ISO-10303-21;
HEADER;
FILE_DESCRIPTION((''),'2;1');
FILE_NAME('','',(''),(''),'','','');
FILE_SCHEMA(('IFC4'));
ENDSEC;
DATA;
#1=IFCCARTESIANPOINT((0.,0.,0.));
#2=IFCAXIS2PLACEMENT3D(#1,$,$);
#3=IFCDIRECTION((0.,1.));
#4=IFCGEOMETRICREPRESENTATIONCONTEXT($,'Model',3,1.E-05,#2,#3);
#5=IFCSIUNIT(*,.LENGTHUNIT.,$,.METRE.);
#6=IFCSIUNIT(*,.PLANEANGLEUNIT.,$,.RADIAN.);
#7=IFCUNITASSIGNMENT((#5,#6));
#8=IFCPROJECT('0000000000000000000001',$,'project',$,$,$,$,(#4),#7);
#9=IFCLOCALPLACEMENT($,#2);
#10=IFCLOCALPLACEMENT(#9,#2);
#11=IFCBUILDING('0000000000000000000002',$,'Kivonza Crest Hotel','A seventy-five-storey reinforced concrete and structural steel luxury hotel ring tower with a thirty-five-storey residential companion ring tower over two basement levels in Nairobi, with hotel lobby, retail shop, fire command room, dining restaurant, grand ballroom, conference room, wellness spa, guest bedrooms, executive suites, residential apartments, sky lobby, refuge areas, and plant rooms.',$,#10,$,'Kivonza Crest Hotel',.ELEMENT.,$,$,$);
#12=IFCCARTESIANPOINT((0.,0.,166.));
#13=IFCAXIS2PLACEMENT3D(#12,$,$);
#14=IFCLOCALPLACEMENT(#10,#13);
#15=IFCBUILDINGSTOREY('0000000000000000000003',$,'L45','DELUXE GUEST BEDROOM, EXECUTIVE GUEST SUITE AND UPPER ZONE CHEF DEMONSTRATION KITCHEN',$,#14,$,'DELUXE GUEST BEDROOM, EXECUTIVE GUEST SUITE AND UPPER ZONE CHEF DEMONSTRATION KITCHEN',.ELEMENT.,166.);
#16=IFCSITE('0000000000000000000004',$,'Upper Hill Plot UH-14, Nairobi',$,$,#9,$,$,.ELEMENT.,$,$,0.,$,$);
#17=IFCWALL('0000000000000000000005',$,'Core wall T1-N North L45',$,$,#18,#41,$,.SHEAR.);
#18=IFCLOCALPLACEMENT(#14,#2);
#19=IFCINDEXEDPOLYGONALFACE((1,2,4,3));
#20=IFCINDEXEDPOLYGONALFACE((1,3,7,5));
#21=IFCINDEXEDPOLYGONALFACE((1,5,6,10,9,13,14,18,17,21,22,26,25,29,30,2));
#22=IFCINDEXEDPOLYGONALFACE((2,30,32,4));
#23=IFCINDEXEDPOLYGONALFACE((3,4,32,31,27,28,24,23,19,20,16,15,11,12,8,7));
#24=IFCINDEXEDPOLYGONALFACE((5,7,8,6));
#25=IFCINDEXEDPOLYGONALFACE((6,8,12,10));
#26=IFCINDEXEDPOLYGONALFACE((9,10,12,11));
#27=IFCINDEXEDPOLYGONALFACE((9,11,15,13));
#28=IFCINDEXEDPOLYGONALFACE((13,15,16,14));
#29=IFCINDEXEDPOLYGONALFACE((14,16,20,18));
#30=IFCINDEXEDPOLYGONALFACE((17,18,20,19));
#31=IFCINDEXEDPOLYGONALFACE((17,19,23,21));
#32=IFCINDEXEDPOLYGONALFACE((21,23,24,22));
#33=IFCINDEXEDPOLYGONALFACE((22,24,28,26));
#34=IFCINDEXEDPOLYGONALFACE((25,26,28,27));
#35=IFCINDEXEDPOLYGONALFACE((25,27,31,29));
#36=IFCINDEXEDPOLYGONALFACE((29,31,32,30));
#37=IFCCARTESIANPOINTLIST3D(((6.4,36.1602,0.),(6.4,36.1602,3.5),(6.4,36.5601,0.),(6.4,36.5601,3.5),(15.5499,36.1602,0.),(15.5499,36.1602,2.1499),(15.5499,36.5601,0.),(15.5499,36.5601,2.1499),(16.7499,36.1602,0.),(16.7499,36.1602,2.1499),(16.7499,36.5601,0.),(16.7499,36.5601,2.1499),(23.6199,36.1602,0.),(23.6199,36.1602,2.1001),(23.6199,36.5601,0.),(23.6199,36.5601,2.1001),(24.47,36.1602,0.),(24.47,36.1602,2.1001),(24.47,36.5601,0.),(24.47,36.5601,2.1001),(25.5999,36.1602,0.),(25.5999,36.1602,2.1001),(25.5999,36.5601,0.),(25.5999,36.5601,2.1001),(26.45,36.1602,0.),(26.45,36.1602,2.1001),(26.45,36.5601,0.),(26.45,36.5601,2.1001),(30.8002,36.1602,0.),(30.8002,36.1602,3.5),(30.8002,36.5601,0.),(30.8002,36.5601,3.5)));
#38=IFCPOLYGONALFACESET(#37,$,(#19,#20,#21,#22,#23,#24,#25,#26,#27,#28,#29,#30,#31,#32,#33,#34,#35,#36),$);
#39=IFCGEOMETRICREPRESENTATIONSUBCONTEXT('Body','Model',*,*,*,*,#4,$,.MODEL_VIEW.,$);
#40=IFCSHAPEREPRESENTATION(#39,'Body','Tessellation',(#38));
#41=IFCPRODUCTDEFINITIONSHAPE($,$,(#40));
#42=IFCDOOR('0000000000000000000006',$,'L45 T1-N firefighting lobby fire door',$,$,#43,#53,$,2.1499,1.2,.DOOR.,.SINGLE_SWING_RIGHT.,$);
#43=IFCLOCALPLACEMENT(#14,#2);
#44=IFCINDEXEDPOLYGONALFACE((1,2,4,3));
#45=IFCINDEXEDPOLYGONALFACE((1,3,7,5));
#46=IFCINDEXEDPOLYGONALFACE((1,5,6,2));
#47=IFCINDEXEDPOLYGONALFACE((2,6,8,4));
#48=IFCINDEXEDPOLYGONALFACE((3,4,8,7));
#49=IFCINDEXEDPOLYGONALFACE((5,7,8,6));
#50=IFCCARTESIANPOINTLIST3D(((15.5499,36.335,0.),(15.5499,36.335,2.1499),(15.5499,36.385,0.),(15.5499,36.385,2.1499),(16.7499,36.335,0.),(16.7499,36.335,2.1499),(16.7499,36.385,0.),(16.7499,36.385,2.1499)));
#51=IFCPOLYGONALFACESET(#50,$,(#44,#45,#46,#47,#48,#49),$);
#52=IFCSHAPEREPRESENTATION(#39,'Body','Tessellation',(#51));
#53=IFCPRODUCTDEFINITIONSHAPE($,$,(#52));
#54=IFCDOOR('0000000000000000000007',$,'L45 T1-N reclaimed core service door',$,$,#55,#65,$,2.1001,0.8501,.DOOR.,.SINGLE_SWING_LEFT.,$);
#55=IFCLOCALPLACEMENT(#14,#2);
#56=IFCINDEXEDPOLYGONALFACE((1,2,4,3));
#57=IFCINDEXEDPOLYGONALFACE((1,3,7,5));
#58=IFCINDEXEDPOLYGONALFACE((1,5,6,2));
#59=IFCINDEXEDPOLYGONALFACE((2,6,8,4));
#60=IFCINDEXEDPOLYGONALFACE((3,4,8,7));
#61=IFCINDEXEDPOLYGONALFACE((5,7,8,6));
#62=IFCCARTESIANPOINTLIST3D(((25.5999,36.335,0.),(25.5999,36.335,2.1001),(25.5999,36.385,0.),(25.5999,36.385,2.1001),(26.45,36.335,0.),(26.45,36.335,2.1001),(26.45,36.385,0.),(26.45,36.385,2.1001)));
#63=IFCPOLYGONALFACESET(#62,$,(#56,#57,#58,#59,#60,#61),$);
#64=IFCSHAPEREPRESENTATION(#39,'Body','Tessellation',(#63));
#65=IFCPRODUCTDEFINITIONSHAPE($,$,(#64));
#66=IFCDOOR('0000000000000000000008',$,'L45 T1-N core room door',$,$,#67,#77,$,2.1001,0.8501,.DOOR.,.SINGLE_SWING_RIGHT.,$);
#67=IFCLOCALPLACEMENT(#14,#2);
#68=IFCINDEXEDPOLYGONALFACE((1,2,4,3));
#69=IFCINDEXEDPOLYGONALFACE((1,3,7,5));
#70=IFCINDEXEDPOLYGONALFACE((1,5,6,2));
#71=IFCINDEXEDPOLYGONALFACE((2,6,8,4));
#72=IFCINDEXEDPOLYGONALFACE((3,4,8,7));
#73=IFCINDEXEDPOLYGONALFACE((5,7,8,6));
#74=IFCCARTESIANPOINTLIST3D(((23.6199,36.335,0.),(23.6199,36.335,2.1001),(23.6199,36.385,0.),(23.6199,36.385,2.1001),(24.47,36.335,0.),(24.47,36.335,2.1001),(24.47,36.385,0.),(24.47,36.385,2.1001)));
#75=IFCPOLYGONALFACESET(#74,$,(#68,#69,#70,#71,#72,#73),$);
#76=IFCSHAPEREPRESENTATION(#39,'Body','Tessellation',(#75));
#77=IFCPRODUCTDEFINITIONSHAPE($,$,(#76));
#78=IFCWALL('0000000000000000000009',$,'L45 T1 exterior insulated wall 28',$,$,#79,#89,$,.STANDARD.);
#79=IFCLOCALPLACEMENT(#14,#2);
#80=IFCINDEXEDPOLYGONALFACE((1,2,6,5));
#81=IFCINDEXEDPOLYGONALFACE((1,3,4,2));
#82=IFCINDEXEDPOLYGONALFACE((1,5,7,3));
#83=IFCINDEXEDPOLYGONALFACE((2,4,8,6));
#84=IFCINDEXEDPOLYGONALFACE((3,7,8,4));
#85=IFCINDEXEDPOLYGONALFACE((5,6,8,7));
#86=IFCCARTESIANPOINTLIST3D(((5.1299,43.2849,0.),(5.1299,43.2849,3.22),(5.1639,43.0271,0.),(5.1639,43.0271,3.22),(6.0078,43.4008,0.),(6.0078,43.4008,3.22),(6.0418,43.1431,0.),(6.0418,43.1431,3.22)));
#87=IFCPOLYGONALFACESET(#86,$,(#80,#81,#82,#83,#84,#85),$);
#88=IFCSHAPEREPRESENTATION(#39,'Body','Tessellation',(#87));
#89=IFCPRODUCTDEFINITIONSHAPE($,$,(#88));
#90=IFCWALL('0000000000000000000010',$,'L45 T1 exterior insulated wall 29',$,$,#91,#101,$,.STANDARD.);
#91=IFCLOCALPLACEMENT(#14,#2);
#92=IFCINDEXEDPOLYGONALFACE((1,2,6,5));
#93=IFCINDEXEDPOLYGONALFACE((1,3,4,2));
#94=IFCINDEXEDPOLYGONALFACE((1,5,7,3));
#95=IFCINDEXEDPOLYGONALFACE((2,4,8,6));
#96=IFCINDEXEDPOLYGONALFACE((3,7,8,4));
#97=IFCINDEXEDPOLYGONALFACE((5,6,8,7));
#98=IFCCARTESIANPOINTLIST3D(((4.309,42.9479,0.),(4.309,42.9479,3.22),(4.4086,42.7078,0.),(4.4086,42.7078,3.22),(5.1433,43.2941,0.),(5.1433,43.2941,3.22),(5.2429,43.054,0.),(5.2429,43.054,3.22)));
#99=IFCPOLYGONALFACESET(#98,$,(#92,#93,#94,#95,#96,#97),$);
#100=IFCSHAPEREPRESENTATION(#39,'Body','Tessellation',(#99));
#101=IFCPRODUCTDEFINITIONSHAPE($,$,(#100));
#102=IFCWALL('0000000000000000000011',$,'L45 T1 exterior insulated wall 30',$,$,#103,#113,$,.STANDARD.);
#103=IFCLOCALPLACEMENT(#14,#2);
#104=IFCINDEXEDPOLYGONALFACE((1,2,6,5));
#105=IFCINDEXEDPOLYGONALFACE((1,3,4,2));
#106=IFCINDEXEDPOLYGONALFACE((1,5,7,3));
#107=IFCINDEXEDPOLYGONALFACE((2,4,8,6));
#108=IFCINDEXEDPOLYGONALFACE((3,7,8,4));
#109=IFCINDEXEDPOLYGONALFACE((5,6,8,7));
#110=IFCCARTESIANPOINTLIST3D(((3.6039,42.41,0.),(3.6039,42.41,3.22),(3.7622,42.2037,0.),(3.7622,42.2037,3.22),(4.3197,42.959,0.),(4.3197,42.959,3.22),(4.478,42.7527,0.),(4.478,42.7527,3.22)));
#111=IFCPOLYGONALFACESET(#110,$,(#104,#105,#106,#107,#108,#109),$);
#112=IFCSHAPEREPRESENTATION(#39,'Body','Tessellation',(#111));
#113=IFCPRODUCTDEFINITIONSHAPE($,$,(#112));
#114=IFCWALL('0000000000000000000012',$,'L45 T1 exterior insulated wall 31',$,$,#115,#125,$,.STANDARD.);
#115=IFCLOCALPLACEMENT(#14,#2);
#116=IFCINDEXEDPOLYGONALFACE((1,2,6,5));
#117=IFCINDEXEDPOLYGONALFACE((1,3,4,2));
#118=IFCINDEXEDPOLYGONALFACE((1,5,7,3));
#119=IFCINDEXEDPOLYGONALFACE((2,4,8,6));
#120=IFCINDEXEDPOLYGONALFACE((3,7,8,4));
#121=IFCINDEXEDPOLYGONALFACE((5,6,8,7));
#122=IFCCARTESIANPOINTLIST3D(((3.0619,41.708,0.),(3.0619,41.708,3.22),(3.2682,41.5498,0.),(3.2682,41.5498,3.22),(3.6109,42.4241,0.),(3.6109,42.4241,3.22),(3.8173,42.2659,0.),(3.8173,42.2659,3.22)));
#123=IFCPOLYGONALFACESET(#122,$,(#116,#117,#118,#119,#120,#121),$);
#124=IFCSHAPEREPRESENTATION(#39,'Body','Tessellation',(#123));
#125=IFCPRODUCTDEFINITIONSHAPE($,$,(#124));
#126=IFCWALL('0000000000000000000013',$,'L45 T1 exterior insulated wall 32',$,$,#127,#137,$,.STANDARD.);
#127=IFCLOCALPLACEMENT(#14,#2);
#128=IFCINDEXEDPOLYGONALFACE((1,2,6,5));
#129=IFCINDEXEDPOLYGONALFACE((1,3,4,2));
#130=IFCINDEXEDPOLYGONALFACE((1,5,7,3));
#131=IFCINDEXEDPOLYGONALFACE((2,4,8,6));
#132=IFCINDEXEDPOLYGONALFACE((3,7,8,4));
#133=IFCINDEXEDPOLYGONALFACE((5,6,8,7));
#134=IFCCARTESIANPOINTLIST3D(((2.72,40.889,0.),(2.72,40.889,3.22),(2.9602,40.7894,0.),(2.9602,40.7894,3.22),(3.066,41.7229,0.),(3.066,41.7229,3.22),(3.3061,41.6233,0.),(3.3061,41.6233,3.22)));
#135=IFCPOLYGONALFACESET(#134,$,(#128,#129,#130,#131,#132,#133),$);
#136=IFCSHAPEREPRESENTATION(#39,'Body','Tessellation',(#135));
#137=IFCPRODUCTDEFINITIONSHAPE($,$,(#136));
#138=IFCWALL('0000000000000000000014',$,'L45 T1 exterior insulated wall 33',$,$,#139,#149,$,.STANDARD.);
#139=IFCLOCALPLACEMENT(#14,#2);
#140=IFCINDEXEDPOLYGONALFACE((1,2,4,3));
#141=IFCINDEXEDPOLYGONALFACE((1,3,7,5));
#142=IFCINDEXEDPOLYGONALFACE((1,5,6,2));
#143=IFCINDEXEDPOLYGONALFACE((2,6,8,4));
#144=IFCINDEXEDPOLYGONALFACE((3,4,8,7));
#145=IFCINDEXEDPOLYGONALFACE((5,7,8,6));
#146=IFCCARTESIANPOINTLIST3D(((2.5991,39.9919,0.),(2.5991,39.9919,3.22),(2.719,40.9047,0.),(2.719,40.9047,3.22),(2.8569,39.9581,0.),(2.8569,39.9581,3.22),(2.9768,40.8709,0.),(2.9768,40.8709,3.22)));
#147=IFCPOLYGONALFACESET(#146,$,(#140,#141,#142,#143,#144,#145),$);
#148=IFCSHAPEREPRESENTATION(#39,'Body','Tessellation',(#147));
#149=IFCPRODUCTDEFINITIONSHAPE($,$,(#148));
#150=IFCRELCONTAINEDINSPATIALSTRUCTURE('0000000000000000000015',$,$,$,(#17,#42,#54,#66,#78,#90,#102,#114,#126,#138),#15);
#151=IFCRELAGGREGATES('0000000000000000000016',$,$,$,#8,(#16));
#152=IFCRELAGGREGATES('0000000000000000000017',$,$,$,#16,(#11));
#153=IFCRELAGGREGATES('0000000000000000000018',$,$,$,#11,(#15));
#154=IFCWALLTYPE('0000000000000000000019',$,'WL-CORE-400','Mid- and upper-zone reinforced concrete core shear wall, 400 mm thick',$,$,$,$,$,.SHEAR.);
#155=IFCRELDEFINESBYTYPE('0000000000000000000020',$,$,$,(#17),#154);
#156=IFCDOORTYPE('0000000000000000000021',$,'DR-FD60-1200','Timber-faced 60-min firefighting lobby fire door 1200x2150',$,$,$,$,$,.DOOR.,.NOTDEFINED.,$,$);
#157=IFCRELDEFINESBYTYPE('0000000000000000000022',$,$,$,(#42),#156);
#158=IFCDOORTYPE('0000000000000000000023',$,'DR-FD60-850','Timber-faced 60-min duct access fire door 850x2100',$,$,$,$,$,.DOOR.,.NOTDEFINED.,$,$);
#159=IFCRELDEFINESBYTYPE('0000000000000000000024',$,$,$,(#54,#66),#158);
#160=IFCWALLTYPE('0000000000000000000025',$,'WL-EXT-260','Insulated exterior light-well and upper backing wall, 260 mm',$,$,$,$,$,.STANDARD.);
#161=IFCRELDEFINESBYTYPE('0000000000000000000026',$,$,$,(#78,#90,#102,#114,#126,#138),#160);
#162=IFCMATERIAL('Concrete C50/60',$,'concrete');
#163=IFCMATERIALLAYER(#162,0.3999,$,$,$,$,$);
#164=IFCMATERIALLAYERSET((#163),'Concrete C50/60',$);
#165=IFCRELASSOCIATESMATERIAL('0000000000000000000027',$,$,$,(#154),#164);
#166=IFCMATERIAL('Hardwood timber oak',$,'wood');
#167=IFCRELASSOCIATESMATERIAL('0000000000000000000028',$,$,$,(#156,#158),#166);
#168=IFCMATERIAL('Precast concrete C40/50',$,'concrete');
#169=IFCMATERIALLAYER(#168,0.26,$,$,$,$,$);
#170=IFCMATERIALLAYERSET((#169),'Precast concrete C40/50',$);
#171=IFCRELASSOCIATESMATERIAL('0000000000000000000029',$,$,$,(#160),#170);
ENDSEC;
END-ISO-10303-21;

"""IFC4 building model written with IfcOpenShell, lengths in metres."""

from ifc_helpers import new_model, si_unit, direction, frame, frame_2d, origin, place, context, subcontext, project, spatial, rectangle, extrude, material, layer, layer_set, type_object, element, fill, save


model = new_model("IFC4")

# Units and contexts
model_context = context("Model", 3, precision=1e-05, world=origin(), true_north=direction((0.0, 1.0)))
body_context = subcontext(model_context, "Body", "Model", "MODEL_VIEW")
ifc_project = project(units=[si_unit("LENGTHUNIT", "METRE"), si_unit("PLANEANGLEUNIT", "RADIAN")], contexts=[model_context])

# Site, building, storey
site_placement = place(None, origin())
site = spatial("IfcSite", under=ifc_project, at=site_placement, Name="Upper Hill Plot UH-14, Nairobi", CompositionType="ELEMENT", RefElevation=0.0)
building_placement = place(site_placement, origin())
building = spatial("IfcBuilding", under=site, at=building_placement, Name="Kivonza Crest Hotel", Description="A seventy-five-storey reinforced concrete and structural steel luxury hotel ring tower with a thirty-five-storey residential companion ring tower over two basement levels in Nairobi, with hotel lobby, retail shop, fire command room, dining restaurant, grand ballroom, conference room, wellness spa, guest bedrooms, executive suites, residential apartments, sky lobby, refuge areas, and plant rooms.", LongName="Kivonza Crest Hotel", CompositionType="ELEMENT")
storey_placement = place(building_placement, frame((0.0, 0.0, 166.0)))
storey = spatial("IfcBuildingStorey", under=building, at=storey_placement, Name="L45", Description="DELUXE GUEST BEDROOM, EXECUTIVE GUEST SUITE AND UPPER ZONE CHEF DEMONSTRATION KITCHEN", LongName="DELUXE GUEST BEDROOM, EXECUTIVE GUEST SUITE AND UPPER ZONE CHEF DEMONSTRATION KITCHEN", CompositionType="ELEMENT", Elevation=166.0)

# Shared definitions
ifc_material_1 = material(Name="Concrete C50/60", Category="concrete")

# Shared definitions
ifc_material_2 = material(Name="Hardwood timber oak", Category="wood")

# Wall, openings, doors
ifc_layer_1 = layer(ifc_material_1, 0.3999)
ifc_layer_set_1 = layer_set([ifc_layer_1], Name="Concrete C50/60")
wall_type_1 = type_object("IfcWallType", Name="WL-CORE-400", Description="Mid- and upper-zone reinforced concrete core shear wall, 400 mm thick", PredefinedType="SHEAR", material=ifc_layer_set_1)
wall_1_placement = place(storey_placement, frame((6.3999, 36.3601, 0.0), z_axis=(0.0, 0.0, 1.0), x_axis=(1.0, 0.0, 0.0)))
wall_1 = element("IfcWall", 1, at=wall_1_placement, inside=storey, type_object=wall_type_1, Name="Core wall T1-N North L45", PredefinedType="SHEAR", context=body_context, shape_type="SweptSolid", body=[
    extrude(rectangle(XDim=24.4001, YDim=0.3999, at=frame_2d((12.2002, 0.0))), origin(), (0.0, 0.0, 1.0), 3.5),
])
opening_1_placement = place(wall_1_placement, frame((9.1499, 0.0, 0.0)))
opening_1 = element("IfcOpeningElement", 2, at=opening_1_placement, cuts=wall_1, PredefinedType="OPENING", context=body_context, shape_type="SweptSolid", body=[
    extrude(rectangle(XDim=1.2, YDim=2.1499, at=frame_2d((0.6001, 1.075))), frame((0.0, 0.21, 0.0), z_axis=(0.0, -1.0, 0.0), x_axis=(1.0, 0.0, 0.0)), (0.0, 0.0, 1.0), 0.4199),
])
opening_2_placement = place(wall_1_placement, frame((19.2, 0.0, 0.0)))
opening_2 = element("IfcOpeningElement", 3, at=opening_2_placement, cuts=wall_1, PredefinedType="OPENING", context=body_context, shape_type="SweptSolid", body=[
    extrude(rectangle(XDim=0.8501, YDim=2.1001, at=frame_2d((0.425, 1.05))), frame((0.0, 0.21, 0.0), z_axis=(0.0, -1.0, 0.0), x_axis=(1.0, 0.0, 0.0)), (0.0, 0.0, 1.0), 0.4199),
])
opening_3_placement = place(wall_1_placement, frame((17.22, 0.0, 0.0)))
opening_3 = element("IfcOpeningElement", 4, at=opening_3_placement, cuts=wall_1, PredefinedType="OPENING", context=body_context, shape_type="SweptSolid", body=[
    extrude(rectangle(XDim=0.8501, YDim=2.1001, at=frame_2d((0.425, 1.05))), frame((0.0, 0.21, 0.0), z_axis=(0.0, -1.0, 0.0), x_axis=(1.0, 0.0, 0.0)), (0.0, 0.0, 1.0), 0.4199),
])
door_type_1 = type_object("IfcDoorType", Name="DR-FD60-1200", Description="Timber-faced 60-min firefighting lobby fire door 1200x2150", OperationType="NOTDEFINED", PredefinedType="DOOR", material=ifc_material_2)
door_1_placement = place(opening_1_placement, origin())
door_1 = element("IfcDoor", 5, at=door_1_placement, inside=storey, type_object=door_type_1, Name="L45 T1-N firefighting lobby fire door", OperationType="SINGLE_SWING_RIGHT", OverallHeight=2.1499, OverallWidth=1.2, PredefinedType="DOOR", context=body_context, shape_type="SweptSolid", body=[
    extrude(rectangle(XDim=1.2, YDim=2.1499, at=frame_2d((0.6001, 1.075))), frame((0.0, 0.0249, 0.0), z_axis=(0.0, -1.0, 0.0), x_axis=(1.0, 0.0, 0.0)), (0.0, 0.0, 1.0), 0.05),
])
fill(opening_1, door_1)
door_type_2 = type_object("IfcDoorType", Name="DR-FD60-850", Description="Timber-faced 60-min duct access fire door 850x2100", OperationType="NOTDEFINED", PredefinedType="DOOR", material=ifc_material_2)
door_2_placement = place(opening_2_placement, origin())
door_2 = element("IfcDoor", 6, at=door_2_placement, inside=storey, type_object=door_type_2, Name="L45 T1-N reclaimed core service door", OperationType="SINGLE_SWING_LEFT", OverallHeight=2.1001, OverallWidth=0.8501, PredefinedType="DOOR", context=body_context, shape_type="SweptSolid", body=[
    extrude(rectangle(XDim=0.8501, YDim=2.1001, at=frame_2d((0.425, 1.05))), frame((0.0, 0.0249, 0.0), z_axis=(0.0, -1.0, 0.0), x_axis=(1.0, 0.0, 0.0)), (0.0, 0.0, 1.0), 0.05),
])
fill(opening_2, door_2)
door_3_placement = place(opening_3_placement, origin())
door_3 = element("IfcDoor", 7, at=door_3_placement, inside=storey, type_object=door_type_2, Name="L45 T1-N core room door", OperationType="SINGLE_SWING_RIGHT", OverallHeight=2.1001, OverallWidth=0.8501, PredefinedType="DOOR", context=body_context, shape_type="SweptSolid", body=[
    extrude(rectangle(XDim=0.8501, YDim=2.1001, at=frame_2d((0.425, 1.05))), frame((0.0, 0.0249, 0.0), z_axis=(0.0, -1.0, 0.0), x_axis=(1.0, 0.0, 0.0)), (0.0, 0.0, 1.0), 0.05),
])
fill(opening_3, door_3)

# Walls
ifc_material_3 = material(Name="Precast concrete C40/50", Category="concrete")
ifc_layer_2 = layer(ifc_material_3, 0.26)
ifc_layer_set_2 = layer_set([ifc_layer_2], Name="Precast concrete C40/50")
wall_type_2 = type_object("IfcWallType", Name="WL-EXT-260", Description="Insulated exterior light-well and upper backing wall, 260 mm", PredefinedType="STANDARD", material=ifc_layer_set_2)
wall_2_placement = place(storey_placement, frame((6.0249, 43.272, 0.0), z_axis=(0.0, 0.0, 1.0), x_axis=(-0.991388, -0.130954, 0.0)))
element("IfcWall", 8, at=wall_2_placement, inside=storey, type_object=wall_type_2, Name="L45 T1 exterior insulated wall 28", PredefinedType="STANDARD", context=body_context, shape_type="SweptSolid", body=[
    extrude(rectangle(XDim=0.8855, YDim=0.26, at=frame_2d((0.4429, 0.0))), origin(), (0.0, 0.0, 1.0), 3.22),
])
wall_3_placement = place(storey_placement, frame((5.1931, 43.1741, 0.0), z_axis=(0.0, 0.0, 1.0), x_axis=(-0.923628, -0.383291, 0.0)))
element("IfcWall", 9, at=wall_3_placement, inside=storey, type_object=wall_type_2, Name="L45 T1 exterior insulated wall 29", PredefinedType="STANDARD", context=body_context, shape_type="SweptSolid", body=[
    extrude(rectangle(XDim=0.9033, YDim=0.26, at=frame_2d((0.4517, 0.0))), origin(), (0.0, 0.0, 1.0), 3.22),
])
wall_4_placement = place(storey_placement, frame((4.3989, 42.856, 0.0), z_axis=(0.0, 0.0, 1.0), x_axis=(-0.793458, -0.608625, 0.0)))
element("IfcWall", 10, at=wall_4_placement, inside=storey, type_object=wall_type_2, Name="L45 T1 exterior insulated wall 30", PredefinedType="STANDARD", context=body_context, shape_type="SweptSolid", body=[
    extrude(rectangle(XDim=0.9021, YDim=0.26, at=frame_2d((0.4512, 0.0))), origin(), (0.0, 0.0, 1.0), 3.22),
])
wall_5_placement = place(storey_placement, frame((3.7141, 42.345, 0.0), z_axis=(0.0, 0.0, 1.0), x_axis=(-0.608494, -0.793558, 0.0)))
element("IfcWall", 11, at=wall_5_placement, inside=storey, type_object=wall_type_2, Name="L45 T1 exterior insulated wall 31", PredefinedType="STANDARD", context=body_context, shape_type="SweptSolid", body=[
    extrude(rectangle(XDim=0.9023, YDim=0.26, at=frame_2d((0.4512, 0.0))), origin(), (0.0, 0.0, 1.0), 3.22),
])
wall_6_placement = place(storey_placement, frame((3.186, 41.6731, 0.0), z_axis=(0.0, 0.0, 1.0), x_axis=(-0.383156, -0.923684, 0.0)))
element("IfcWall", 12, at=wall_6_placement, inside=storey, type_object=wall_type_2, Name="L45 T1 exterior insulated wall 32", PredefinedType="STANDARD", context=body_context, shape_type="SweptSolid", body=[
    extrude(rectangle(XDim=0.9028, YDim=0.26, at=frame_2d((0.4514, 0.0))), origin(), (0.0, 0.0, 1.0), 3.22),
])
wall_7_placement = place(storey_placement, frame((2.8479, 40.8879, 0.0), z_axis=(0.0, 0.0, 1.0), x_axis=(-0.130201, -0.991488, 0.0)))
element("IfcWall", 13, at=wall_7_placement, inside=storey, type_object=wall_type_2, Name="L45 T1 exterior insulated wall 33", PredefinedType="STANDARD", context=body_context, shape_type="SweptSolid", body=[
    extrude(rectangle(XDim=0.9207, YDim=0.26, at=frame_2d((0.4604, 0.0))), origin(), (0.0, 0.0, 1.0), 3.22),
])

save(model, "model.ifc")
